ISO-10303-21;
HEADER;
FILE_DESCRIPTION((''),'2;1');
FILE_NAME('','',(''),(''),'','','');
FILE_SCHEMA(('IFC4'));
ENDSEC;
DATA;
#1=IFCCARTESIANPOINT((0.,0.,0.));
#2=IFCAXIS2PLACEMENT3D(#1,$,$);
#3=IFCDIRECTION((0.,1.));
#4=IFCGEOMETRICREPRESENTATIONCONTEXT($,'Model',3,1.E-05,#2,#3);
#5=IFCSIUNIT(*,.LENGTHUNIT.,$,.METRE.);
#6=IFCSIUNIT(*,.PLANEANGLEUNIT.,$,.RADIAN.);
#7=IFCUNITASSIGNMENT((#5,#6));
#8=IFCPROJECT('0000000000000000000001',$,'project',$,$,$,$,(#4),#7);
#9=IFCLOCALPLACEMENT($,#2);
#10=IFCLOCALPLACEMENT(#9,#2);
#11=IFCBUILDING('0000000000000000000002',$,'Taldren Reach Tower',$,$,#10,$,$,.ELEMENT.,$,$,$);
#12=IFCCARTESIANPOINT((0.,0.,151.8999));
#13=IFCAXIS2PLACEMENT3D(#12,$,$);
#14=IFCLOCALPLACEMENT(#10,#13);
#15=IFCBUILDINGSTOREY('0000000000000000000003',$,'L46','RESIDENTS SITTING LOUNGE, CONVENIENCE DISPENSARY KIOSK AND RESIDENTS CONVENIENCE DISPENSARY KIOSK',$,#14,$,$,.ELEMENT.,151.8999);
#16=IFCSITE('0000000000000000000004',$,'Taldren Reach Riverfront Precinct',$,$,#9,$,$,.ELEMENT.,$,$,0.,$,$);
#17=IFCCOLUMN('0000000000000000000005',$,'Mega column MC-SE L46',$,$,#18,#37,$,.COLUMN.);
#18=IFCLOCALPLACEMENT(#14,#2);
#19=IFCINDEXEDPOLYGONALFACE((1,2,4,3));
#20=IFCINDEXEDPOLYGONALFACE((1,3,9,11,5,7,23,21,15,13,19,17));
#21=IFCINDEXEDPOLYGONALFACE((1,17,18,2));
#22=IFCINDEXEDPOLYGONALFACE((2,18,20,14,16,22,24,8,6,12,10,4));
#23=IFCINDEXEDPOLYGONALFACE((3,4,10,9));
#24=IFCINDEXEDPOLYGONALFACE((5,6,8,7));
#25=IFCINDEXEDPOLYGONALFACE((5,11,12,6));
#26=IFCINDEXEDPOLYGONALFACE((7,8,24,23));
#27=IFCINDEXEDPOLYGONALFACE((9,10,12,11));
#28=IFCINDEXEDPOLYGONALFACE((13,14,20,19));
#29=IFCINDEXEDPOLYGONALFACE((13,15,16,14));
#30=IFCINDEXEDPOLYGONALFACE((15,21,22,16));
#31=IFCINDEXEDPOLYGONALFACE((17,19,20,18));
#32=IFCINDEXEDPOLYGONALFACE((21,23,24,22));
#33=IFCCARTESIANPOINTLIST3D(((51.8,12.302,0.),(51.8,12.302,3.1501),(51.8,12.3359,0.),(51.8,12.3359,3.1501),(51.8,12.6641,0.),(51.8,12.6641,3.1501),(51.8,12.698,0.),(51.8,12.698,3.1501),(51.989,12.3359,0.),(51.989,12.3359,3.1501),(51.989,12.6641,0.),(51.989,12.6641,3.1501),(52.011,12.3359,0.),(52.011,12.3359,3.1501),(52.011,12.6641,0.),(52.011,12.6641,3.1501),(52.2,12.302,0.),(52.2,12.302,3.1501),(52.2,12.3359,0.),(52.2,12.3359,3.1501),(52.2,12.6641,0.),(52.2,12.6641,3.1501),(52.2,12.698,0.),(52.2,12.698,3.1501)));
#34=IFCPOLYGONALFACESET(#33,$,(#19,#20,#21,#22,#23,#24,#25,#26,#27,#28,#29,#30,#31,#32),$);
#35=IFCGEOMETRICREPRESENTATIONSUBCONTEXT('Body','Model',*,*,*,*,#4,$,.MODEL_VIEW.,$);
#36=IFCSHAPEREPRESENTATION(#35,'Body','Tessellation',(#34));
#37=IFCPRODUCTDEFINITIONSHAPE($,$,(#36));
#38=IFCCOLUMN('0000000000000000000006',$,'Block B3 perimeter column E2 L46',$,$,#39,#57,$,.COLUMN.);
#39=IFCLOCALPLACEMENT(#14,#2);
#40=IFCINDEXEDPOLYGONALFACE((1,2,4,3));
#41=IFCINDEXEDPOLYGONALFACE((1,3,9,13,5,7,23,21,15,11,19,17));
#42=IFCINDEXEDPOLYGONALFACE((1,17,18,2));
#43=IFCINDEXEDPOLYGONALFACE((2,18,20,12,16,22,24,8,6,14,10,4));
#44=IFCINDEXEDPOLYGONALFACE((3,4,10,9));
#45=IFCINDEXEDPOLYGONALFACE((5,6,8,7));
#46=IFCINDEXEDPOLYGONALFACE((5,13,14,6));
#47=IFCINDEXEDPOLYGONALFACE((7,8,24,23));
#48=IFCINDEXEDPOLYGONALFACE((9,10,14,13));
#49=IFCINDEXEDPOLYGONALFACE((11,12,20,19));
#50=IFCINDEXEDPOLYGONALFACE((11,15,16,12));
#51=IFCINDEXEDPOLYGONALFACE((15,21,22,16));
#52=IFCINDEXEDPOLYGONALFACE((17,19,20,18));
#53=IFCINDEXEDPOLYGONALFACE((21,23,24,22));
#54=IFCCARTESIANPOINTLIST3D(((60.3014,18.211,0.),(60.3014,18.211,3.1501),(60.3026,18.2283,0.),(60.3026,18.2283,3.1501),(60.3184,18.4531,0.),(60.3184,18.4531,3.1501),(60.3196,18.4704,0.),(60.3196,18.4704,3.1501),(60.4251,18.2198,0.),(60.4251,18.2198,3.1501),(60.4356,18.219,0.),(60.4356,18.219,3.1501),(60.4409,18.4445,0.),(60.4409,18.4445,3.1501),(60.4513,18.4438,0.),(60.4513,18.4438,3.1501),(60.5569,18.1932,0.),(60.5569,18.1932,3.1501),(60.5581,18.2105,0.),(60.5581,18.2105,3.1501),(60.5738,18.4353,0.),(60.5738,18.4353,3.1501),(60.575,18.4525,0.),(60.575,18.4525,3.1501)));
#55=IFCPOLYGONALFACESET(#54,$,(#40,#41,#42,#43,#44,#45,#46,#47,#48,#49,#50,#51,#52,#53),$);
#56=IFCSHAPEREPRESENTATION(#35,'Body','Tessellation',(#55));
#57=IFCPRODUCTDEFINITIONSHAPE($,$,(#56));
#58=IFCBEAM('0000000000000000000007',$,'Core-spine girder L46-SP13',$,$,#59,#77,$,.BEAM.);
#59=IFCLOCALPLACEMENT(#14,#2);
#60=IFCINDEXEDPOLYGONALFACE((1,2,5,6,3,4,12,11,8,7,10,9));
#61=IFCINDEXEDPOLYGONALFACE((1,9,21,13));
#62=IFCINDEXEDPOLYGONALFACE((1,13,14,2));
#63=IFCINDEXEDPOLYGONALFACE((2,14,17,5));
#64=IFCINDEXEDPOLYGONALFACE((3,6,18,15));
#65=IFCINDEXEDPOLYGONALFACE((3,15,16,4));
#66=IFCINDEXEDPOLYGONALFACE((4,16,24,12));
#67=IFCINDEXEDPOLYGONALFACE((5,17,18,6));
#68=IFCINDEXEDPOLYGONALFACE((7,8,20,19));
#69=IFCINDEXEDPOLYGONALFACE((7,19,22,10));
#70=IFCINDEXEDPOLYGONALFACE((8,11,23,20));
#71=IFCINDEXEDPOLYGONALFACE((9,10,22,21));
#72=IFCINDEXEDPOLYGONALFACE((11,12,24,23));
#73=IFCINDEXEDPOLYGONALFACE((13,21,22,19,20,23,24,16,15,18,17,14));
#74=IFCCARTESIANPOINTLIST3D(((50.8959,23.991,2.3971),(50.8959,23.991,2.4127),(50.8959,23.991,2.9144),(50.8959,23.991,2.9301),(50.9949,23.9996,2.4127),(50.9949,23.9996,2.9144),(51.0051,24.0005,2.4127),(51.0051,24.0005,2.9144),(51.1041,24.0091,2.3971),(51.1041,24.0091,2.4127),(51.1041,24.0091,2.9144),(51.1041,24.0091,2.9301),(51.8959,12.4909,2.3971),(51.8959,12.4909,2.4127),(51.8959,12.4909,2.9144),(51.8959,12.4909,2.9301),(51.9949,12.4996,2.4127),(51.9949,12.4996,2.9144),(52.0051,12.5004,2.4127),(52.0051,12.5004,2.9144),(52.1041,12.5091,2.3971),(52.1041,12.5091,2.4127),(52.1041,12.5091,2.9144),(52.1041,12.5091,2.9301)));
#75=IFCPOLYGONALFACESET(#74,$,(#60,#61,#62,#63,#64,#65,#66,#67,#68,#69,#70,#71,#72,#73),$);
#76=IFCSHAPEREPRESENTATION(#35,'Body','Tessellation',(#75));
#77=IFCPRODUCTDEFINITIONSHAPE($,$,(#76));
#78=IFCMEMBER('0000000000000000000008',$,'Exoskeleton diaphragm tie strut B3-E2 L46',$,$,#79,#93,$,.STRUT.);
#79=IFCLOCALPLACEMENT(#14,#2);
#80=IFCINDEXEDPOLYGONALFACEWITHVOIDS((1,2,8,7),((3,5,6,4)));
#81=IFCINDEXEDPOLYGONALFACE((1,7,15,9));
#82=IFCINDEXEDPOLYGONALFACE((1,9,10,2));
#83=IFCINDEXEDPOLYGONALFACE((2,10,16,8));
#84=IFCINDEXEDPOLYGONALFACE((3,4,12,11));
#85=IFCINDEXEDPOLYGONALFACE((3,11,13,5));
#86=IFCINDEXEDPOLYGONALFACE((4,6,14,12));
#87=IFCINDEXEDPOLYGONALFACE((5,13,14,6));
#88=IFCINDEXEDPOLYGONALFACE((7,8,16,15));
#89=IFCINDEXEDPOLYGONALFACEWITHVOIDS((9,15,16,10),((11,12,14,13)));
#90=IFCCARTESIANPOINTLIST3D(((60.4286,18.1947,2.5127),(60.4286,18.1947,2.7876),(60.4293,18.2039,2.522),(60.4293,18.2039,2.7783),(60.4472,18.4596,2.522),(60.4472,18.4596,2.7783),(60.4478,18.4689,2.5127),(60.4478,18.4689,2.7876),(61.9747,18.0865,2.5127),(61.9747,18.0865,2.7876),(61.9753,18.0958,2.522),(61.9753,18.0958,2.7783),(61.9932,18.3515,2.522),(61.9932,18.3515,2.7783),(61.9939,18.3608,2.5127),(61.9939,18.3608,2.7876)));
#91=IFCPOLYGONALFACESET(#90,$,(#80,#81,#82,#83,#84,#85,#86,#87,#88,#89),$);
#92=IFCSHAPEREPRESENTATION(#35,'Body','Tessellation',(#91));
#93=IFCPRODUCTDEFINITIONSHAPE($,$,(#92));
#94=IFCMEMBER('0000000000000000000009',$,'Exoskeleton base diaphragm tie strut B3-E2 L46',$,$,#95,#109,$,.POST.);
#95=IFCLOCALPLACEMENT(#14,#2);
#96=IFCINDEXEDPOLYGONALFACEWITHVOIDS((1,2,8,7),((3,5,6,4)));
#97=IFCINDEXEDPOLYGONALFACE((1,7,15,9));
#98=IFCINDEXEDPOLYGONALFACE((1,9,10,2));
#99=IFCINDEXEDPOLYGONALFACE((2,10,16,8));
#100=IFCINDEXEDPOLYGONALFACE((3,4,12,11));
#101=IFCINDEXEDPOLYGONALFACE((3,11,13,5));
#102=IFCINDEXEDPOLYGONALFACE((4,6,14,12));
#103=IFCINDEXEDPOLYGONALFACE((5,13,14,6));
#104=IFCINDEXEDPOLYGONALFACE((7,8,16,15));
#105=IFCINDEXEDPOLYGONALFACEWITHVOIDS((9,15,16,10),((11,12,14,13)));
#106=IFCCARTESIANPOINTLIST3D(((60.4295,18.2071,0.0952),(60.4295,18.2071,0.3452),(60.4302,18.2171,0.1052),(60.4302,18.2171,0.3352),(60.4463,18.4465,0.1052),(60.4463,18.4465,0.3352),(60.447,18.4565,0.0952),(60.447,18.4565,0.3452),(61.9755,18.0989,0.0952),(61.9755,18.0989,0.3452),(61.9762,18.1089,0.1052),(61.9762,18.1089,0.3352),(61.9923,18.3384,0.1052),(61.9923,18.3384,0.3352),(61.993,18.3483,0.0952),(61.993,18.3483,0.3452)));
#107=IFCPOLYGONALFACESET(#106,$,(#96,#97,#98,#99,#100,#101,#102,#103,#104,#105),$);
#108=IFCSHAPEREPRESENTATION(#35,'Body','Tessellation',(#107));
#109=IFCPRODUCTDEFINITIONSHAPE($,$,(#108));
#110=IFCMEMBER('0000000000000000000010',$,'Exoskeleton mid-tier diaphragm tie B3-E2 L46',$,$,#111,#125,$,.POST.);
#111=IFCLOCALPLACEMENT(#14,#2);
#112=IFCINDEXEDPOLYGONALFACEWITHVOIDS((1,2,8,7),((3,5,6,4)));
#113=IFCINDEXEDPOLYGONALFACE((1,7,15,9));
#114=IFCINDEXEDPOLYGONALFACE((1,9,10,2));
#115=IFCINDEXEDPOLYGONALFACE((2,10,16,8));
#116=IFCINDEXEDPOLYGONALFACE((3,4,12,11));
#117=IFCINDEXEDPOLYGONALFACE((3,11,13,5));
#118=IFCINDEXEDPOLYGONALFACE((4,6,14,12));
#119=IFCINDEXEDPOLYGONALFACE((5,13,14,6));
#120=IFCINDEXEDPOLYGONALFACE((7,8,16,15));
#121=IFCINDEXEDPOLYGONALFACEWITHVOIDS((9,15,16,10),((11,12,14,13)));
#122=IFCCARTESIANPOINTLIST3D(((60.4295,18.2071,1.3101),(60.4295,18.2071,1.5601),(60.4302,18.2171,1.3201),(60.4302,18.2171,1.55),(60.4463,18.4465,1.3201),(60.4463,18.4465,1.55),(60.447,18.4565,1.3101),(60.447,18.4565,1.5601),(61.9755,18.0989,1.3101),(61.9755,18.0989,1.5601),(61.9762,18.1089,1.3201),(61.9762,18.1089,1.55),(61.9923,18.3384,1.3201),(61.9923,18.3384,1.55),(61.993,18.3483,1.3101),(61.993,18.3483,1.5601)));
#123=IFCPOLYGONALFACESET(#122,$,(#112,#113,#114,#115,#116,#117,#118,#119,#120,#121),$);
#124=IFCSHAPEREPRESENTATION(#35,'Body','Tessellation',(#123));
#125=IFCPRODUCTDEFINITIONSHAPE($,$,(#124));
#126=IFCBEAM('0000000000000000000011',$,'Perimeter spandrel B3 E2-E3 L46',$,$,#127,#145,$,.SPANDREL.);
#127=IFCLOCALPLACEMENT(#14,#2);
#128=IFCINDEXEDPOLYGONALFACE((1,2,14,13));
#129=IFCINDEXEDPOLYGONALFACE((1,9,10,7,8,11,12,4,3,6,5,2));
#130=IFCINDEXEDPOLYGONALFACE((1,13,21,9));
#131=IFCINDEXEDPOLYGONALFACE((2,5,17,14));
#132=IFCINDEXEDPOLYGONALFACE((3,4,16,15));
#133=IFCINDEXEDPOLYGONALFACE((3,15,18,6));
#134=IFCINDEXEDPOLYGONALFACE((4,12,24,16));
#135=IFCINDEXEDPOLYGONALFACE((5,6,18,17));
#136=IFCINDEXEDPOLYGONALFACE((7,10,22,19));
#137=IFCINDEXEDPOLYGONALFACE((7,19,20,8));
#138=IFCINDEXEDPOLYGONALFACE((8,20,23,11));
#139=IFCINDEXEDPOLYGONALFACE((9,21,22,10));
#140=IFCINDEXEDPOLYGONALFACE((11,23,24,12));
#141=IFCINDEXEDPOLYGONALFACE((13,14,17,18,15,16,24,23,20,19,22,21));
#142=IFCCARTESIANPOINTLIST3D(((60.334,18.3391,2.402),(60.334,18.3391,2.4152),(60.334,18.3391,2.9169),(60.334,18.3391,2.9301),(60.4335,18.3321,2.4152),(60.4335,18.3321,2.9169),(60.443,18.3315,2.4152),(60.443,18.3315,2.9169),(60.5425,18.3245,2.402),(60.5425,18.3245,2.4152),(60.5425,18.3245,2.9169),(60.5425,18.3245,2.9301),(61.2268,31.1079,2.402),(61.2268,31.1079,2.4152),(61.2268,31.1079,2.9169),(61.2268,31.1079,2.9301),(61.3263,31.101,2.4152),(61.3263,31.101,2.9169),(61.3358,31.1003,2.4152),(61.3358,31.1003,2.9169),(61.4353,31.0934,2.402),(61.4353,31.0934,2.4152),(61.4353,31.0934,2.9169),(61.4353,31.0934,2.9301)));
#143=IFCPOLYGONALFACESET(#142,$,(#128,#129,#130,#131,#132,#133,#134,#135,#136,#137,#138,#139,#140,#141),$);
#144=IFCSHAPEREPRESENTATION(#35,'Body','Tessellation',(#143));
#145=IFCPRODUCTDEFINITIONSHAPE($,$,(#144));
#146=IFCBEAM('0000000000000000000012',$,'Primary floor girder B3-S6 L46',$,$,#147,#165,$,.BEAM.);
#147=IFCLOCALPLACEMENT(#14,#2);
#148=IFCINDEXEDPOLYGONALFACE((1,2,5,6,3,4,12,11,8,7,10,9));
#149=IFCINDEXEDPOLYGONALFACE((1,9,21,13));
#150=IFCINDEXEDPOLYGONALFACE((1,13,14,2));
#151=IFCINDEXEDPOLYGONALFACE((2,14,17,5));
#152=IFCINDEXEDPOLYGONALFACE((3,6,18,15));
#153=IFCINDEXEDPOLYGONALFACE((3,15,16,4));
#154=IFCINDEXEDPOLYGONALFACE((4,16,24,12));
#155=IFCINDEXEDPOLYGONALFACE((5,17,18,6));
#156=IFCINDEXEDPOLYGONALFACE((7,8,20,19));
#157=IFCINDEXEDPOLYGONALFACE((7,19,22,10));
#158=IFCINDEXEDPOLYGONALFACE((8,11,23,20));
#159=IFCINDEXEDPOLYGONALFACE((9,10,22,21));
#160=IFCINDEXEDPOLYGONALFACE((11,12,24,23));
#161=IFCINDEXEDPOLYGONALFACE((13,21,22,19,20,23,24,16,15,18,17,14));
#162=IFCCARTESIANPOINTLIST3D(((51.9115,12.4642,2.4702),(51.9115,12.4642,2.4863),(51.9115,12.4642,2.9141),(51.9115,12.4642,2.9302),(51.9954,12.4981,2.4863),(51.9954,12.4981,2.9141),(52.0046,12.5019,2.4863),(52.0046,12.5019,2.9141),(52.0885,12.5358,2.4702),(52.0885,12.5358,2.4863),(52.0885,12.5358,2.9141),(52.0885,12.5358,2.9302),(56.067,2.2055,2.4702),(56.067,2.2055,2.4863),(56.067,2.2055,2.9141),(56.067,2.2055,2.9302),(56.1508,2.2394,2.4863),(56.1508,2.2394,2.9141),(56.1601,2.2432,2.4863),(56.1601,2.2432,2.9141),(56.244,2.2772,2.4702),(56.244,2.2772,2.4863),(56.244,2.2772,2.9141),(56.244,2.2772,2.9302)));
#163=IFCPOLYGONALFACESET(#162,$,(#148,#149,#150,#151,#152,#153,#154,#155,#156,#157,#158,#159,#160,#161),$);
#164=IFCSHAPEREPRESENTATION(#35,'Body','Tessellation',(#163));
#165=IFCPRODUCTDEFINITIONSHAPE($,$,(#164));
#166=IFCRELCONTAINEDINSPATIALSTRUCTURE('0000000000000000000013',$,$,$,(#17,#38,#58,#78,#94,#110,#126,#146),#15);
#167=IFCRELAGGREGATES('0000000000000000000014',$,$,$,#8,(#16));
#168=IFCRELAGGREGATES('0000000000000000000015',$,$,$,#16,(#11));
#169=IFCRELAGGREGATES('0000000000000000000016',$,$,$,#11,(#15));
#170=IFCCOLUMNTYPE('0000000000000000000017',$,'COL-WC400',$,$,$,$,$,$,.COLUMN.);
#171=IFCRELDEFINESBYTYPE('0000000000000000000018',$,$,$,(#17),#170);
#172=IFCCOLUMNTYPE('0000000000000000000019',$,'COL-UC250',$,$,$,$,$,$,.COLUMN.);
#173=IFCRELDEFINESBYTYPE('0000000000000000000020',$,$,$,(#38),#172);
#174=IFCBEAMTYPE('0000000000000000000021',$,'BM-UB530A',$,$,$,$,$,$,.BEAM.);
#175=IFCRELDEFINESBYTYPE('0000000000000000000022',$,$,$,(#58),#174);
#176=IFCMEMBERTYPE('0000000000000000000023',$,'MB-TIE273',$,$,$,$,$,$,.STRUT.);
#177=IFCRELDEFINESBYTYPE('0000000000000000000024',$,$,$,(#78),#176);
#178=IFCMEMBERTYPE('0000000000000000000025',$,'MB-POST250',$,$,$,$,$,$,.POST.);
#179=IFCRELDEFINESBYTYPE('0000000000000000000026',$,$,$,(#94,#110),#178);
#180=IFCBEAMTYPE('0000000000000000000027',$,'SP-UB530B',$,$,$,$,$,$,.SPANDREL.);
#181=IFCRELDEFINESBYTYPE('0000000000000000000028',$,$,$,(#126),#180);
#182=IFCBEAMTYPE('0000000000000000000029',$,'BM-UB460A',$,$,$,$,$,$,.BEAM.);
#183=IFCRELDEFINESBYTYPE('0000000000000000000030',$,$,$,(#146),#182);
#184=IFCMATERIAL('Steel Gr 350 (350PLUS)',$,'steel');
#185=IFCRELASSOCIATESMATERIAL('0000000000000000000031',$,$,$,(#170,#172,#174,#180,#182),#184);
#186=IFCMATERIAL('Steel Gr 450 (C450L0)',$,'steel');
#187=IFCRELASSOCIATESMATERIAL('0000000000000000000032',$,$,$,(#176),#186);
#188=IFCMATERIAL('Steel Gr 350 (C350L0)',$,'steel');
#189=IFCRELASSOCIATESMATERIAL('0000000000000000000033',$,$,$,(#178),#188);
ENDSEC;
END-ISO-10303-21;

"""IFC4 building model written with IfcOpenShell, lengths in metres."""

from ifc_helpers import new_model, si_unit, direction, frame, origin, origin_2d, place, context, subcontext, project, spatial, hollow_rectangle, i_section, extrude, source, transform, mapped, material, material_profile, profile_set, type_object, element, save


model = new_model("IFC4")

# Units and contexts
model_context = context("Model", 3, precision=1e-05, world=origin(), true_north=direction((0.0, 1.0)))
body_context = subcontext(model_context, "Body", "Model", "MODEL_VIEW")
ifc_project = project(units=[si_unit("LENGTHUNIT", "METRE"), si_unit("PLANEANGLEUNIT", "RADIAN")], contexts=[model_context])

# Site, building, storey
site_placement = place(None, origin())
site = spatial("IfcSite", under=ifc_project, at=site_placement, Name="Taldren Reach Riverfront Precinct", CompositionType="ELEMENT", RefElevation=0.0)
building_placement = place(site_placement, origin())
building = spatial("IfcBuilding", under=site, at=building_placement, Name="Taldren Reach Tower", CompositionType="ELEMENT")
storey_placement = place(building_placement, frame((0.0, 0.0, 151.8999)))
storey = spatial("IfcBuildingStorey", under=building, at=storey_placement, Name="L46", Description="RESIDENTS SITTING LOUNGE, CONVENIENCE DISPENSARY KIOSK AND RESIDENTS CONVENIENCE DISPENSARY KIOSK", CompositionType="ELEMENT", Elevation=151.8999)

# Columns
ifc_material_1 = material(Name="Steel Gr 350 (350PLUS)", Category="steel")
ifc_material_profile_1 = material_profile(ifc_material_1, i_section(OverallWidth=0.3999, OverallDepth=0.396, WebThickness=0.022, FlangeThickness=0.0339, at=origin_2d()), Name="400WC270")
ifc_profile_set_1 = profile_set([ifc_material_profile_1], Name="Steel Gr 350 (350PLUS)")
column_type_1 = type_object("IfcColumnType", Name="COL-WC400", PredefinedType="COLUMN", material=ifc_profile_set_1)
shared_shape_1 = source(origin(), body_context, "Body", "SweptSolid", [
    extrude(i_section(OverallWidth=0.3999, OverallDepth=0.396, WebThickness=0.022, FlangeThickness=0.0339, at=origin_2d()), origin(), (0.0, 0.0, 1.0), 3.1501),
])
column_1_placement = place(storey_placement, frame((52.0, 12.5, 0.0), z_axis=(0.0, 0.0, 1.0), x_axis=(1.0, 0.0, 0.0)))
element("IfcColumn", 1, at=column_1_placement, inside=storey, type_object=column_type_1, Name="Mega column MC-SE L46", PredefinedType="COLUMN", context=body_context, shape_type="MappedRepresentation", body=[
    mapped(shared_shape_1, transform((0.0, 0.0, 0.0), scale=1.0)),
])
ifc_material_profile_2 = material_profile(ifc_material_1, i_section(OverallWidth=0.2561, OverallDepth=0.26, WebThickness=0.0105, FlangeThickness=0.0173, at=origin_2d()), Name="250UC89.5")
ifc_profile_set_2 = profile_set([ifc_material_profile_2], Name="Steel Gr 350 (350PLUS)")
column_type_2 = type_object("IfcColumnType", Name="COL-UC250", PredefinedType="COLUMN", material=ifc_profile_set_2)
shared_shape_2 = source(origin(), body_context, "Body", "SweptSolid", [
    extrude(i_section(OverallWidth=0.2561, OverallDepth=0.26, WebThickness=0.0105, FlangeThickness=0.0173, at=origin_2d()), origin(), (0.0, 0.0, 1.0), 3.1501),
])
column_2_placement = place(storey_placement, frame((60.4382, 18.3318, 0.0), z_axis=(0.0, 0.0, 1.0), x_axis=(0.997564, -0.069756, 0.0)))
element("IfcColumn", 2, at=column_2_placement, inside=storey, type_object=column_type_2, Name="Block B3 perimeter column E2 L46", PredefinedType="COLUMN", context=body_context, shape_type="MappedRepresentation", body=[
    mapped(shared_shape_2, transform((0.0, 0.0, 0.0), scale=1.0)),
])

# Beam
ifc_material_profile_3 = material_profile(ifc_material_1, i_section(OverallWidth=0.209, OverallDepth=0.533, WebThickness=0.0103, FlangeThickness=0.0156, at=origin_2d()), Name="530UB92.4")
ifc_profile_set_3 = profile_set([ifc_material_profile_3], Name="Steel Gr 350 (350PLUS)")
beam_type_1 = type_object("IfcBeamType", Name="BM-UB530A", PredefinedType="BEAM", material=ifc_profile_set_3)
shared_shape_3 = source(origin(), body_context, "Body", "SweptSolid", [
    extrude(i_section(OverallWidth=0.209, OverallDepth=0.533, WebThickness=0.0103, FlangeThickness=0.0156, at=origin_2d()), origin(), (0.0, 0.0, 1.0), 11.5435),
])
beam_1_placement = place(storey_placement, frame((52.0, 12.5, 2.6636), z_axis=(-0.08663, 0.996241, 0.0), x_axis=(-0.996241, -0.08663, 0.0)))
element("IfcBeam", 3, at=beam_1_placement, inside=storey, type_object=beam_type_1, Name="Core-spine girder L46-SP13", PredefinedType="BEAM", context=body_context, shape_type="MappedRepresentation", body=[
    mapped(shared_shape_3, transform((0.0, 0.0, 0.0), scale=1.0)),
])

# Members
ifc_material_2 = material(Name="Steel Gr 450 (C450L0)", Category="steel")
ifc_material_profile_4 = material_profile(ifc_material_2, hollow_rectangle(XDim=0.2749, YDim=0.2749, WallThickness=0.0093, at=origin_2d()), Name="275x275x9.3SHS")
ifc_profile_set_4 = profile_set([ifc_material_profile_4], Name="Steel Gr 450 (C450L0)")
member_type_1 = type_object("IfcMemberType", Name="MB-TIE273", PredefinedType="STRUT", material=ifc_profile_set_4)
shared_shape_4 = source(origin(), body_context, "Body", "SweptSolid", [
    extrude(hollow_rectangle(XDim=0.2749, YDim=0.2749, WallThickness=0.0093, at=origin_2d()), origin(), (0.0, 0.0, 1.0), 1.5498),
])
member_1_placement = place(storey_placement, frame((60.4382, 18.3318, 2.6501), z_axis=(0.997562, -0.069781, 0.0), x_axis=(0.069781, 0.997562, 0.0)))
element("IfcMember", 4, at=member_1_placement, inside=storey, type_object=member_type_1, Name="Exoskeleton diaphragm tie strut B3-E2 L46", PredefinedType="STRUT", context=body_context, shape_type="MappedRepresentation", body=[
    mapped(shared_shape_4, transform((0.0, 0.0, 0.0), scale=1.0)),
])
ifc_material_3 = material(Name="Steel Gr 350 (C350L0)", Category="steel")
ifc_material_profile_5 = material_profile(ifc_material_3, hollow_rectangle(XDim=0.25, YDim=0.25, WallThickness=0.01, at=origin_2d()), Name="250x250x10.0SHS")
ifc_profile_set_5 = profile_set([ifc_material_profile_5], Name="Steel Gr 350 (C350L0)")
member_type_2 = type_object("IfcMemberType", Name="MB-POST250", PredefinedType="POST", material=ifc_profile_set_5)
shared_shape_5 = source(origin(), body_context, "Body", "SweptSolid", [
    extrude(hollow_rectangle(XDim=0.25, YDim=0.25, WallThickness=0.01, at=origin_2d()), origin(), (0.0, 0.0, 1.0), 1.5498),
])
for number, where, z_axis, x_axis, name in (
    (5, (60.4382, 18.3318, 0.2202), (0.997562, -0.069781, 0.0), (0.069781, 0.997562, 0.0), "Exoskeleton base diaphragm tie strut B3-E2 L46"),
    (6, (60.4382, 18.3318, 1.4351), (0.997562, -0.069781, 0.0), (0.069781, 0.997562, 0.0), "Exoskeleton mid-tier diaphragm tie B3-E2 L46"),
):
    element("IfcMember", number, at=place(storey_placement, frame(where, z_axis=z_axis, x_axis=x_axis)), inside=storey, type_object=member_type_2, Name=name, PredefinedType="POST", context=body_context, shape_type="MappedRepresentation", body=[
        mapped(shared_shape_5, transform((0.0, 0.0, 0.0), scale=1.0)),
    ])

# Beams
ifc_material_profile_6 = material_profile(ifc_material_1, i_section(OverallWidth=0.209, OverallDepth=0.5281, WebThickness=0.0095, FlangeThickness=0.0132, at=origin_2d()), Name="530UB82.0")
ifc_profile_set_6 = profile_set([ifc_material_profile_6], Name="Steel Gr 350 (350PLUS)")
beam_type_2 = type_object("IfcBeamType", Name="SP-UB530B", PredefinedType="SPANDREL", material=ifc_profile_set_6)
shared_shape_6 = source(origin(), body_context, "Body", "SweptSolid", [
    extrude(i_section(OverallWidth=0.209, OverallDepth=0.5281, WebThickness=0.0095, FlangeThickness=0.0132, at=origin_2d()), origin(), (0.0, 0.0, 1.0), 12.8),
])
beam_2_placement = place(storey_placement, frame((60.4382, 18.3318, 2.666), z_axis=(0.069752, 0.997564, 0.0), x_axis=(-0.997564, 0.069752, 0.0)))
element("IfcBeam", 7, at=beam_2_placement, inside=storey, type_object=beam_type_2, Name="Perimeter spandrel B3 E2-E3 L46", PredefinedType="SPANDREL", context=body_context, shape_type="MappedRepresentation", body=[
    mapped(shared_shape_6, transform((0.0, 0.0, 0.0), scale=1.0)),
])
ifc_material_profile_7 = material_profile(ifc_material_1, i_section(OverallWidth=0.1909, OverallDepth=0.46, WebThickness=0.01, FlangeThickness=0.0161, at=origin_2d()), Name="460UB82.1")
ifc_profile_set_7 = profile_set([ifc_material_profile_7], Name="Steel Gr 350 (350PLUS)")
beam_type_3 = type_object("IfcBeamType", Name="BM-UB460A", PredefinedType="BEAM", material=ifc_profile_set_7)
shared_shape_7 = source(origin(), body_context, "Body", "SweptSolid", [
    extrude(i_section(OverallWidth=0.1909, OverallDepth=0.46, WebThickness=0.01, FlangeThickness=0.0161, at=origin_2d()), origin(), (0.0, 0.0, 1.0), 11.0684),
])
beam_3_placement = place(storey_placement, frame((52.0, 12.5, 2.7002), z_axis=(0.375437, -0.926848, 0.0), x_axis=(0.926848, 0.375437, 0.0)))
element("IfcBeam", 8, at=beam_3_placement, inside=storey, type_object=beam_type_3, Name="Primary floor girder B3-S6 L46", PredefinedType="BEAM", context=body_context, shape_type="MappedRepresentation", body=[
    mapped(shared_shape_7, transform((0.0, 0.0, 0.0), scale=1.0)),
])

save(model, "model.ifc")
